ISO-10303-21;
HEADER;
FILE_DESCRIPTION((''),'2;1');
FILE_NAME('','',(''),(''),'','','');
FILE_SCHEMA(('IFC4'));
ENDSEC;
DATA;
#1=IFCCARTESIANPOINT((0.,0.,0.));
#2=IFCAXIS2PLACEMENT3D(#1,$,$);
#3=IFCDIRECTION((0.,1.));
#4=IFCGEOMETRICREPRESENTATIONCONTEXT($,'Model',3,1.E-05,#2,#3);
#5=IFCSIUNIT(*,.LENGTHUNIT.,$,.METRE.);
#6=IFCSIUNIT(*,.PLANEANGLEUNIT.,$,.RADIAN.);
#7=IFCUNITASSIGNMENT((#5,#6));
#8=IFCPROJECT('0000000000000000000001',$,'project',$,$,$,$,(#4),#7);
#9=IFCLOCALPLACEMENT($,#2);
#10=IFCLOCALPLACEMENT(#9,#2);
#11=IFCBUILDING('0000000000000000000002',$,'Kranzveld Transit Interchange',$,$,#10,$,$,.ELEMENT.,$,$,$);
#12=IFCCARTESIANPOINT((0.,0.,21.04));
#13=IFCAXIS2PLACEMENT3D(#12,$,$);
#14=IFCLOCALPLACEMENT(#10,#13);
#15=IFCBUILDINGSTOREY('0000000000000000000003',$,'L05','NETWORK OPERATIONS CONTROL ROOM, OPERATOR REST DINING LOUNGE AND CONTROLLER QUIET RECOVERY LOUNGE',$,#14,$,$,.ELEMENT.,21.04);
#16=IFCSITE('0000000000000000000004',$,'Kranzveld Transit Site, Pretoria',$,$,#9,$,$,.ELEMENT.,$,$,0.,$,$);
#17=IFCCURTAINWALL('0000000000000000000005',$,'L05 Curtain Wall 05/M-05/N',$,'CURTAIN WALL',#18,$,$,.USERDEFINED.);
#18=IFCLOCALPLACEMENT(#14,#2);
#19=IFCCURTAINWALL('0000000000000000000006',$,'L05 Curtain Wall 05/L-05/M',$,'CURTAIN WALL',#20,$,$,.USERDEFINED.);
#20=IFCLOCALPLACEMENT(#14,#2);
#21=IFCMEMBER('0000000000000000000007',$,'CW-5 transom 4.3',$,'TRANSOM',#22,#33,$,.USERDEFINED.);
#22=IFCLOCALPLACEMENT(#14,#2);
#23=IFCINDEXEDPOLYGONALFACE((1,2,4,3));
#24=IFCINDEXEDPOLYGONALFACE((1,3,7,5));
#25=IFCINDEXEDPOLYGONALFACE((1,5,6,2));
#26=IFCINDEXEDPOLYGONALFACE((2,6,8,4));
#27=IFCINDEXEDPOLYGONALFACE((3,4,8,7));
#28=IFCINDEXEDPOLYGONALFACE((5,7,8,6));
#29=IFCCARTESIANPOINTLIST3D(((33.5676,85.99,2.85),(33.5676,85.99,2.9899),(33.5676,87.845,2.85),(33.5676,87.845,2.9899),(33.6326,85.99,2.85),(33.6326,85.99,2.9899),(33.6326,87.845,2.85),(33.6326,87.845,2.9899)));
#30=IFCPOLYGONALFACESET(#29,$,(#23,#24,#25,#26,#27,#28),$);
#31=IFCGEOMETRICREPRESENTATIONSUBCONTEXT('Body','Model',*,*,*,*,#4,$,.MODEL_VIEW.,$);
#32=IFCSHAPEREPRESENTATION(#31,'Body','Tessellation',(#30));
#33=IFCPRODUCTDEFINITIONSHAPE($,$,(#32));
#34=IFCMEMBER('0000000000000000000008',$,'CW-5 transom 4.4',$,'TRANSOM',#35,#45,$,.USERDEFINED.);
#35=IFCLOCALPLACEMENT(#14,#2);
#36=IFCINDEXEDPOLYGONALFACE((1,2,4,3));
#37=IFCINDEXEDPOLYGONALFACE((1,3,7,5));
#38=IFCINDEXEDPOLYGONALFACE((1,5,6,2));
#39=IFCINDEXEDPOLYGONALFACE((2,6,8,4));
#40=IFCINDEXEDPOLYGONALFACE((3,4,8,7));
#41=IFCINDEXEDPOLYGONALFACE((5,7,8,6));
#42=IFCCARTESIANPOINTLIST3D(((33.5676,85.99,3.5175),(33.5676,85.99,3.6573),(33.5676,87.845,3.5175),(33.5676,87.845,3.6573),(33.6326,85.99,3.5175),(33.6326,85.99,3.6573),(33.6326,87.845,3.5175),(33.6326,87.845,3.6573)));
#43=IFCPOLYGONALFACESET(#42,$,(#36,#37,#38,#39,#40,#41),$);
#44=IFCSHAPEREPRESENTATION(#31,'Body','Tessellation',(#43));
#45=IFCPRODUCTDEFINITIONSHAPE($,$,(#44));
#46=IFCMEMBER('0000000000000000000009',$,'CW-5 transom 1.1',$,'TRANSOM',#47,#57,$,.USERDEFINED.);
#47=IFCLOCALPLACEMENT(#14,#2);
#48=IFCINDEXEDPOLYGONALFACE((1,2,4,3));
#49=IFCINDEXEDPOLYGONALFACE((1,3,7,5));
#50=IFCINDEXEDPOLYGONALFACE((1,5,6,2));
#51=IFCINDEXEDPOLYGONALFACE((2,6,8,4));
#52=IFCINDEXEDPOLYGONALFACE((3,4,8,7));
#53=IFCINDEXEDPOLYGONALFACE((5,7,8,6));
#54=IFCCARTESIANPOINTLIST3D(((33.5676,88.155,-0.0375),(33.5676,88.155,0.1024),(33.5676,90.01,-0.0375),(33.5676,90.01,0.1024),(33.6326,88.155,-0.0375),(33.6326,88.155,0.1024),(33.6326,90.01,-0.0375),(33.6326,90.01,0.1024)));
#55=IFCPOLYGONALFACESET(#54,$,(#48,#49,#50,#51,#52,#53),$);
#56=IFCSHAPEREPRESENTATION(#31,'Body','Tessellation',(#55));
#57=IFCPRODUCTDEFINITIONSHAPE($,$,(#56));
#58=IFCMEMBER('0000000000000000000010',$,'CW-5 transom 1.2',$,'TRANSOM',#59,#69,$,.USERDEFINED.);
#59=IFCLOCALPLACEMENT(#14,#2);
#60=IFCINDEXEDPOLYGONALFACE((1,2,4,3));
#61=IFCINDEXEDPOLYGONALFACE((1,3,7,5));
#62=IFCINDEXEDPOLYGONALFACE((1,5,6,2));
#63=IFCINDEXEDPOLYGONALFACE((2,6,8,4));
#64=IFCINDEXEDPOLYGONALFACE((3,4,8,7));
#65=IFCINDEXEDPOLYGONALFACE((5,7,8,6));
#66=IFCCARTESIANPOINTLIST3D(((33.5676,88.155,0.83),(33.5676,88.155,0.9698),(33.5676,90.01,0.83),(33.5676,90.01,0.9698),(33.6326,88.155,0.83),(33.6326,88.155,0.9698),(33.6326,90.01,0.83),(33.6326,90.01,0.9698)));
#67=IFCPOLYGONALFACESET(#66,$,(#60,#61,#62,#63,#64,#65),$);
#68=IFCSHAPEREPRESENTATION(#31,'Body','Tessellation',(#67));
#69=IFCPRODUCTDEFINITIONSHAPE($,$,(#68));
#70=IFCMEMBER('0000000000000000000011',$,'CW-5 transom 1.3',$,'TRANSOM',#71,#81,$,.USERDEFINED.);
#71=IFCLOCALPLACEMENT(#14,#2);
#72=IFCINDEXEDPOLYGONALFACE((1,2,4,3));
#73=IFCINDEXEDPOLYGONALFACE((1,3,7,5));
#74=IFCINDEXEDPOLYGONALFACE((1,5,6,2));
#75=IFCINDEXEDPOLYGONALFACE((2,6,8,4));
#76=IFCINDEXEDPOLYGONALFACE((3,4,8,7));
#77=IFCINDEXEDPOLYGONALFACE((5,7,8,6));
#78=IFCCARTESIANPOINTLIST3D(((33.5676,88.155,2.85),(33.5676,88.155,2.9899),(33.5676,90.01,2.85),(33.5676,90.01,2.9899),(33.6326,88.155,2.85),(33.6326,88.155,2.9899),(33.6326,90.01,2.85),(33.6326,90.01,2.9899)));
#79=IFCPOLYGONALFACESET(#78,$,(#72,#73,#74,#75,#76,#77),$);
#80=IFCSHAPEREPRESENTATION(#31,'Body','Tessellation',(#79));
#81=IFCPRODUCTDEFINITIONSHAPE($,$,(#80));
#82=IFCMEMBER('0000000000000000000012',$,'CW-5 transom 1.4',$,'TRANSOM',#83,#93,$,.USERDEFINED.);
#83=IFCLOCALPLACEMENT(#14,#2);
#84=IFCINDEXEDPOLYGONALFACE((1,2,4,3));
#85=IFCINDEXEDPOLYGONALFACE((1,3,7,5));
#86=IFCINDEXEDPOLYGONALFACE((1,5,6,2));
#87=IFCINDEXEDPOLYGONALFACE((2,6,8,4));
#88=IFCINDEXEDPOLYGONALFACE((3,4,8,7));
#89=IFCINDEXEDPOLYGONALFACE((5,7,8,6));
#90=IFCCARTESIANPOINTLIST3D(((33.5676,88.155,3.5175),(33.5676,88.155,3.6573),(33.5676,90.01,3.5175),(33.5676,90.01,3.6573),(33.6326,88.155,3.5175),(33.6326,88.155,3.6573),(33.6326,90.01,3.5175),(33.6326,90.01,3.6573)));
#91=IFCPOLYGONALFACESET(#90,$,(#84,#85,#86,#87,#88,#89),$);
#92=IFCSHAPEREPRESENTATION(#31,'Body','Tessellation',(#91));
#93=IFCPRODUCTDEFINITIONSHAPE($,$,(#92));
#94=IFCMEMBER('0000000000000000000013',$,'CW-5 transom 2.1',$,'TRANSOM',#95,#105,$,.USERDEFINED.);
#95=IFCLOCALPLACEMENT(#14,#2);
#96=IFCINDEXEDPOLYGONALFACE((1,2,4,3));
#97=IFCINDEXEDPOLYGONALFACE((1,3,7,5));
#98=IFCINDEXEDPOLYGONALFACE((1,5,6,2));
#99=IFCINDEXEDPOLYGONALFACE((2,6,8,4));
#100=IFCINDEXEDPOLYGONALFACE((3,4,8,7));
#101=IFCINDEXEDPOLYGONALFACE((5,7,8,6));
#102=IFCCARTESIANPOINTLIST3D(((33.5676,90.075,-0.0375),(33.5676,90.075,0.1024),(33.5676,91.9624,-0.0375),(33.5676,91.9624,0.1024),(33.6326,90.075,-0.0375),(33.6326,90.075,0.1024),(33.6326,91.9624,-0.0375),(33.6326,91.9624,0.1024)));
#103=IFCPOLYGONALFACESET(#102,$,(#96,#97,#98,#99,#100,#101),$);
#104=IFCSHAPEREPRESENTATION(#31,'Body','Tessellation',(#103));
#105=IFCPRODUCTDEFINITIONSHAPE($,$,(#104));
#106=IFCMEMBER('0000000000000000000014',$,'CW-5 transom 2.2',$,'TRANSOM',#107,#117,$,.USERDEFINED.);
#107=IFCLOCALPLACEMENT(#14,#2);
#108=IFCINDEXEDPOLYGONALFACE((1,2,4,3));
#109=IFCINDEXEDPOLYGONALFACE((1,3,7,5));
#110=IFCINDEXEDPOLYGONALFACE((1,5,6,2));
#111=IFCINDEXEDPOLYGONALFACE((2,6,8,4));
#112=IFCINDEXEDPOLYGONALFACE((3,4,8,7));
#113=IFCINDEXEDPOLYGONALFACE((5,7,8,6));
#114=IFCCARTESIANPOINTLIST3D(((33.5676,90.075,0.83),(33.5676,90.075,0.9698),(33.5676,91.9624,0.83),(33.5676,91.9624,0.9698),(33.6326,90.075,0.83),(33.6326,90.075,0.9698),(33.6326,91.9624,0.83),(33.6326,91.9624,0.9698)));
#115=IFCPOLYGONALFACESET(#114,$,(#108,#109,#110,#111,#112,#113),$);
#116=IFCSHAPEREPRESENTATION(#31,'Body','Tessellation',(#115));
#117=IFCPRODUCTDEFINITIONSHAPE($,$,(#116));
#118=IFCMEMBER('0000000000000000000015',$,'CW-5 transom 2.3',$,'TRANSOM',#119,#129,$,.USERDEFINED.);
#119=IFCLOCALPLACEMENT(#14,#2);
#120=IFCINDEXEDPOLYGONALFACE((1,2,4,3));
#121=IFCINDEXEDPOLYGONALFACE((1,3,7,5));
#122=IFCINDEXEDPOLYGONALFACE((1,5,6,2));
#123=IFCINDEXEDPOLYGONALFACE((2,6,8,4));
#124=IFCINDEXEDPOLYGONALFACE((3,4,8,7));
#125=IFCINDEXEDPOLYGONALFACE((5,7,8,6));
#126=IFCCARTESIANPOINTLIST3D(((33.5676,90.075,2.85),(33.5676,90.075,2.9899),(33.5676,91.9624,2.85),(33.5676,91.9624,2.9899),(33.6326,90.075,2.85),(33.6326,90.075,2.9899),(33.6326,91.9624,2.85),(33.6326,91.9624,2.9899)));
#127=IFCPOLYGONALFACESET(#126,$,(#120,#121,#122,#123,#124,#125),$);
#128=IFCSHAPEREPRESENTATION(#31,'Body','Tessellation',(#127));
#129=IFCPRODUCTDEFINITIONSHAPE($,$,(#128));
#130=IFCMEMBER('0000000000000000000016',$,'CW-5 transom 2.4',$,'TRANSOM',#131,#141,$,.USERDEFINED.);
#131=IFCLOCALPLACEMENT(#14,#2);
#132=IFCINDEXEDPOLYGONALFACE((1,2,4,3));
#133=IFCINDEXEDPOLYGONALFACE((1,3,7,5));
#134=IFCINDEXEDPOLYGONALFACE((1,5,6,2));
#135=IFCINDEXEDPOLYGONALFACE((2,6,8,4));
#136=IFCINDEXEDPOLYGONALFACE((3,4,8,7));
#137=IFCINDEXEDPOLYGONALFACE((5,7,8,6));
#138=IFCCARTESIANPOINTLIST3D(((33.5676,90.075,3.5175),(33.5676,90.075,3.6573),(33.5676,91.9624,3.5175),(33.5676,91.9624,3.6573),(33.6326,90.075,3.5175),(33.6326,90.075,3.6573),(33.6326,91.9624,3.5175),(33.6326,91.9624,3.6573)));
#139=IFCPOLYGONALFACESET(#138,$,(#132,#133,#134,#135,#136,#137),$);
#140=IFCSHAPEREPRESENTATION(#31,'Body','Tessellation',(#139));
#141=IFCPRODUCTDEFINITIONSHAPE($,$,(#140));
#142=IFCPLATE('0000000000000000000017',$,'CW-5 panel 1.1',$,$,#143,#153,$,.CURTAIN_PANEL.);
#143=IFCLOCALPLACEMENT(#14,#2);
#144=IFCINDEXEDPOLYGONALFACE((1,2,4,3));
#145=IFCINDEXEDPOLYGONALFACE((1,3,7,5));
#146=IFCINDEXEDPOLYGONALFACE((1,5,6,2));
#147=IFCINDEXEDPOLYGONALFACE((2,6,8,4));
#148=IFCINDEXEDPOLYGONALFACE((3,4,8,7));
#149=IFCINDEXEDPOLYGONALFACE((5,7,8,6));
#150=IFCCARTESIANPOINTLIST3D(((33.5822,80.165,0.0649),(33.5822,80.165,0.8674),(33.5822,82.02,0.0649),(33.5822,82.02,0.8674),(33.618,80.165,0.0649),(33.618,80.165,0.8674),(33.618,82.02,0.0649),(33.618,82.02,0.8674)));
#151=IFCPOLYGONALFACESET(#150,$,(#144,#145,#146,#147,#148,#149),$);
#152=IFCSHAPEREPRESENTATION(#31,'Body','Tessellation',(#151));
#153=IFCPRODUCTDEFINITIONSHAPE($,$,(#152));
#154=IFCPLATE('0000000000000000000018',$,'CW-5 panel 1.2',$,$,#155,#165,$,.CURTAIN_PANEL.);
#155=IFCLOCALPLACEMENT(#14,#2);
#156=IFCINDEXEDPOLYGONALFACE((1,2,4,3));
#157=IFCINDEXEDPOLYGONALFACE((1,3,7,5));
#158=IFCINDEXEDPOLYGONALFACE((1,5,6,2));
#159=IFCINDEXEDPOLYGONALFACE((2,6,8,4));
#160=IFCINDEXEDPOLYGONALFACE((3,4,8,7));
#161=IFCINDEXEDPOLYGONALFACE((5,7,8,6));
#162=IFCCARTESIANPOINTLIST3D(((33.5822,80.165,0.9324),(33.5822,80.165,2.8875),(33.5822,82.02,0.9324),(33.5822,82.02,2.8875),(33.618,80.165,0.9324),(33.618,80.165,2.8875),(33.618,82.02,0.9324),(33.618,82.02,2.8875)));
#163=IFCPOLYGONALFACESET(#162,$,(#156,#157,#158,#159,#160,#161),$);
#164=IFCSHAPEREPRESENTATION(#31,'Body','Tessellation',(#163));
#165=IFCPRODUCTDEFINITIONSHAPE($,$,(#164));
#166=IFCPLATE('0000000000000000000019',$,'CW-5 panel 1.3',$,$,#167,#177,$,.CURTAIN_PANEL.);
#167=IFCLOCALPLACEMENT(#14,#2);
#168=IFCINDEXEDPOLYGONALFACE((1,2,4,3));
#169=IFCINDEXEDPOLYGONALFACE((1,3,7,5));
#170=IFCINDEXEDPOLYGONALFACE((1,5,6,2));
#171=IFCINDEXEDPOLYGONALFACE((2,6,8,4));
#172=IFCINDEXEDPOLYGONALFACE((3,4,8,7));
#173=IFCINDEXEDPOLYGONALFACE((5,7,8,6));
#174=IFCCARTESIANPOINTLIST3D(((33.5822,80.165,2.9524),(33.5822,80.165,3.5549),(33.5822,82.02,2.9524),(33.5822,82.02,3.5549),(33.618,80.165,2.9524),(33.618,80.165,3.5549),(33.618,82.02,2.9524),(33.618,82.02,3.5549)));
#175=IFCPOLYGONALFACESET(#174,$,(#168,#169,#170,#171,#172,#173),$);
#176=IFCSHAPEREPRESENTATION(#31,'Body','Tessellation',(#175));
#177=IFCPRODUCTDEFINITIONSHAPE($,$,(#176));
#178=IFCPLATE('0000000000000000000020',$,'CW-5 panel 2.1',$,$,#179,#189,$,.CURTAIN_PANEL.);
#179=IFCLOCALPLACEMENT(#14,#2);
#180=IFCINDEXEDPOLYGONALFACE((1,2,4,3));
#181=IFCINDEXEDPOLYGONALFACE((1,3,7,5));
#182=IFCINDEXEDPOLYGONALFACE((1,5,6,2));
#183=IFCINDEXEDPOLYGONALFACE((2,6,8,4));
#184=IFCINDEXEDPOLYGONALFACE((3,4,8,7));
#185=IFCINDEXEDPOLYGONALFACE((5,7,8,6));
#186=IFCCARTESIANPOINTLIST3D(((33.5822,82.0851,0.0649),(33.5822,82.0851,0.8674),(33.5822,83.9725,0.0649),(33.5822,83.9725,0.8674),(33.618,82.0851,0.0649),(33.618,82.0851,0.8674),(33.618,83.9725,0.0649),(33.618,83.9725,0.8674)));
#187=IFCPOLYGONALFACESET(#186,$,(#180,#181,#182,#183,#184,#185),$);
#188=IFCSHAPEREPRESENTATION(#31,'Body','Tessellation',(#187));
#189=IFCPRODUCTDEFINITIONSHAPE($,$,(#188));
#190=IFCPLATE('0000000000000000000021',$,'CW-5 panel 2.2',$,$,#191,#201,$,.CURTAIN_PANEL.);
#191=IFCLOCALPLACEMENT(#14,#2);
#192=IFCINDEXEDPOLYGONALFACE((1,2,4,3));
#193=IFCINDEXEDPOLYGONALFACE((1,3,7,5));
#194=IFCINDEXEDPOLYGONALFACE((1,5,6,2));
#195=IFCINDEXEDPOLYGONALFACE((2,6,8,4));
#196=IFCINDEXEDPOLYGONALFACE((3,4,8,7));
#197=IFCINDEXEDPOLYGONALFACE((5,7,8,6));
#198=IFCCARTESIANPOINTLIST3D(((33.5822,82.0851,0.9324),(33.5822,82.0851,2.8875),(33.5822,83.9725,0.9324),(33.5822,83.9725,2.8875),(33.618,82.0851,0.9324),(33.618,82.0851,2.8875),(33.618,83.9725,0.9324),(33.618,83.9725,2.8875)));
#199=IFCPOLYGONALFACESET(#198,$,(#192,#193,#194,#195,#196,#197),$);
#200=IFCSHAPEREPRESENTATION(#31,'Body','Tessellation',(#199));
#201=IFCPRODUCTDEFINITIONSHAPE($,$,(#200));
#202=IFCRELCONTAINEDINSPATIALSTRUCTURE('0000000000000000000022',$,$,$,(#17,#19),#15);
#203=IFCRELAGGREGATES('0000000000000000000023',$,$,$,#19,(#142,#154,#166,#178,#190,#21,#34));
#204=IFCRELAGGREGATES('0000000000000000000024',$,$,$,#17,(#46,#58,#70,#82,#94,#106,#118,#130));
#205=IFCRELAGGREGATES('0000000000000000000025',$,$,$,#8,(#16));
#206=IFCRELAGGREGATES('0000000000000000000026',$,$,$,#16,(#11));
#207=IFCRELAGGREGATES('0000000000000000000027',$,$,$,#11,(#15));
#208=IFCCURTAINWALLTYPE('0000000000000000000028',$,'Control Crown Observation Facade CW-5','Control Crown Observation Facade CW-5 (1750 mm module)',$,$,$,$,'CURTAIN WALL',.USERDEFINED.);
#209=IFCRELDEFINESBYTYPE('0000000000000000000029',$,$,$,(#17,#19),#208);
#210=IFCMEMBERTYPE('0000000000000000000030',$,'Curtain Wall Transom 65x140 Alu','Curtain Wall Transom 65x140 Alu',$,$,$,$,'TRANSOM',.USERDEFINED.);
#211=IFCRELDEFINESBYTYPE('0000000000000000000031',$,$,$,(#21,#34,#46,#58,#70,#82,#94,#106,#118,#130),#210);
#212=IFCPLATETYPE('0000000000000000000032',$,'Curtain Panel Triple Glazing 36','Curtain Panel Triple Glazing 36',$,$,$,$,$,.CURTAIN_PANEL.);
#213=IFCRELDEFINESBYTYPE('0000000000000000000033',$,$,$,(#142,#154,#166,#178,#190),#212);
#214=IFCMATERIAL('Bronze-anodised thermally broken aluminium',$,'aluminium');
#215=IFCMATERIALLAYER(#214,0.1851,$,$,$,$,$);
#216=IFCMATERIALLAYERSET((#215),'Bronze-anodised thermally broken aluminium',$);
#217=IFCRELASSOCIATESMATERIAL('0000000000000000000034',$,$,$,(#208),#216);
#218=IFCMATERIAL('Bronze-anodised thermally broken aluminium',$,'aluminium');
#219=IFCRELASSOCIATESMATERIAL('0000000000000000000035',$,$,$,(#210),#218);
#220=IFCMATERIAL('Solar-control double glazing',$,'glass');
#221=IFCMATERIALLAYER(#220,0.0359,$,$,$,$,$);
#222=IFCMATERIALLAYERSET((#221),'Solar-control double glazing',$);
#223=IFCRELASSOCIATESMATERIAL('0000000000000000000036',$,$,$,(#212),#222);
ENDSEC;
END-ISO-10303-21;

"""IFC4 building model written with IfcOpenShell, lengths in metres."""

from ifc_helpers import new_model, si_unit, direction, frame, origin, origin_2d, place, context, subcontext, project, spatial, rectangle, extrude, material, layer, layer_set, material_profile, profile_set, type_object, element, aggregate, save


model = new_model("IFC4")

# Units and contexts
model_context = context("Model", 3, precision=1e-05, world=origin(), true_north=direction((0.0, 1.0)))
body_context = subcontext(model_context, "Body", "Model", "MODEL_VIEW")
ifc_project = project(units=[si_unit("LENGTHUNIT", "METRE"), si_unit("PLANEANGLEUNIT", "RADIAN")], contexts=[model_context])

# Site, building, storey
site_placement = place(None, origin())
site = spatial("IfcSite", under=ifc_project, at=site_placement, Name="Kranzveld Transit Site, Pretoria", CompositionType="ELEMENT", RefElevation=0.0)
building_placement = place(site_placement, origin())
building = spatial("IfcBuilding", under=site, at=building_placement, Name="Kranzveld Transit Interchange", CompositionType="ELEMENT")
storey_placement = place(building_placement, frame((0.0, 0.0, 21.04)))
storey = spatial("IfcBuildingStorey", under=building, at=storey_placement, Name="L05", Description="NETWORK OPERATIONS CONTROL ROOM, OPERATOR REST DINING LOUNGE AND CONTROLLER QUIET RECOVERY LOUNGE", CompositionType="ELEMENT", Elevation=21.04)

# Curtain walls, members
ifc_material_1 = material(Name="Bronze-anodised thermally broken aluminium", Category="aluminium")
ifc_layer_1 = layer(ifc_material_1, 0.1851)
ifc_layer_set_1 = layer_set([ifc_layer_1], Name="Bronze-anodised thermally broken aluminium")
curtain_wall_type = type_object("IfcCurtainWallType", Name="Control Crown Observation Facade CW-5", Description="Control Crown Observation Facade CW-5 (1750 mm module)", ElementType="CURTAIN WALL", PredefinedType="USERDEFINED", material=ifc_layer_set_1)
curtain_wall_1_placement = place(storey_placement, origin())
curtain_wall_1 = element("IfcCurtainWall", 1, at=curtain_wall_1_placement, inside=storey, type_object=curtain_wall_type, Name="L05 Curtain Wall 05/M-05/N", ObjectType="CURTAIN WALL", PredefinedType="USERDEFINED")
curtain_wall_2_placement = place(storey_placement, origin())
curtain_wall_2 = element("IfcCurtainWall", 2, at=curtain_wall_2_placement, inside=storey, type_object=curtain_wall_type, Name="L05 Curtain Wall 05/L-05/M", ObjectType="CURTAIN WALL", PredefinedType="USERDEFINED")
ifc_material_2 = material(Name="Bronze-anodised thermally broken aluminium", Category="aluminium")
ifc_material_profile_1 = material_profile(ifc_material_2, rectangle(XDim=0.0649, YDim=0.1399, at=origin_2d()), Name="ALU TRANSOM 65x140")
ifc_profile_set_1 = profile_set([ifc_material_profile_1], Name="Bronze-anodised thermally broken aluminium")
member_type_1 = type_object("IfcMemberType", Name="Curtain Wall Transom 65x140 Alu", Description="Curtain Wall Transom 65x140 Alu", ElementType="TRANSOM", PredefinedType="USERDEFINED", material=ifc_profile_set_1)
member_1_placement = place(storey_placement, frame((33.6001, 85.99, 2.9199), z_axis=(0.0, 1.0, 0.0), x_axis=(-1.0, 0.0, 0.0)))
member_1 = element("IfcMember", 3, at=member_1_placement, type_object=member_type_1, Name="CW-5 transom 4.3", ObjectType="TRANSOM", PredefinedType="USERDEFINED", context=body_context, shape_type="SweptSolid", body=[
    extrude(rectangle(XDim=0.0649, YDim=0.1399, at=origin_2d()), origin(), (0.0, 0.0, 1.0), 1.855),
])
member_2_placement = place(storey_placement, frame((33.6001, 85.99, 3.5874), z_axis=(0.0, 1.0, 0.0), x_axis=(-1.0, 0.0, 0.0)))
member_2 = element("IfcMember", 4, at=member_2_placement, type_object=member_type_1, Name="CW-5 transom 4.4", ObjectType="TRANSOM", PredefinedType="USERDEFINED", context=body_context, shape_type="SweptSolid", body=[
    extrude(rectangle(XDim=0.0649, YDim=0.1399, at=origin_2d()), origin(), (0.0, 0.0, 1.0), 1.855),
])

# Members
member_3_placement = place(storey_placement, frame((33.6001, 88.155, 0.0325), z_axis=(0.0, 1.0, 0.0), x_axis=(-1.0, 0.0, 0.0)))
member_3 = element("IfcMember", 5, at=member_3_placement, type_object=member_type_1, Name="CW-5 transom 1.1", ObjectType="TRANSOM", PredefinedType="USERDEFINED", context=body_context, shape_type="SweptSolid", body=[
    extrude(rectangle(XDim=0.0649, YDim=0.1399, at=origin_2d()), origin(), (0.0, 0.0, 1.0), 1.855),
])
member_4_placement = place(storey_placement, frame((33.6001, 88.155, 0.8999), z_axis=(0.0, 1.0, 0.0), x_axis=(-1.0, 0.0, 0.0)))
member_4 = element("IfcMember", 6, at=member_4_placement, type_object=member_type_1, Name="CW-5 transom 1.2", ObjectType="TRANSOM", PredefinedType="USERDEFINED", context=body_context, shape_type="SweptSolid", body=[
    extrude(rectangle(XDim=0.0649, YDim=0.1399, at=origin_2d()), origin(), (0.0, 0.0, 1.0), 1.855),
])
member_5_placement = place(storey_placement, frame((33.6001, 88.155, 2.9199), z_axis=(0.0, 1.0, 0.0), x_axis=(-1.0, 0.0, 0.0)))
member_5 = element("IfcMember", 7, at=member_5_placement, type_object=member_type_1, Name="CW-5 transom 1.3", ObjectType="TRANSOM", PredefinedType="USERDEFINED", context=body_context, shape_type="SweptSolid", body=[
    extrude(rectangle(XDim=0.0649, YDim=0.1399, at=origin_2d()), origin(), (0.0, 0.0, 1.0), 1.855),
])
member_6_placement = place(storey_placement, frame((33.6001, 88.155, 3.5874), z_axis=(0.0, 1.0, 0.0), x_axis=(-1.0, 0.0, 0.0)))
member_6 = element("IfcMember", 8, at=member_6_placement, type_object=member_type_1, Name="CW-5 transom 1.4", ObjectType="TRANSOM", PredefinedType="USERDEFINED", context=body_context, shape_type="SweptSolid", body=[
    extrude(rectangle(XDim=0.0649, YDim=0.1399, at=origin_2d()), origin(), (0.0, 0.0, 1.0), 1.855),
])
member_7_placement = place(storey_placement, frame((33.6001, 90.075, 0.0325), z_axis=(0.0, 1.0, 0.0), x_axis=(-1.0, 0.0, 0.0)))
member_7 = element("IfcMember", 9, at=member_7_placement, type_object=member_type_1, Name="CW-5 transom 2.1", ObjectType="TRANSOM", PredefinedType="USERDEFINED", context=body_context, shape_type="SweptSolid", body=[
    extrude(rectangle(XDim=0.0649, YDim=0.1399, at=origin_2d()), origin(), (0.0, 0.0, 1.0), 1.8875),
])
member_8_placement = place(storey_placement, frame((33.6001, 90.075, 0.8999), z_axis=(0.0, 1.0, 0.0), x_axis=(-1.0, 0.0, 0.0)))
member_8 = element("IfcMember", 10, at=member_8_placement, type_object=member_type_1, Name="CW-5 transom 2.2", ObjectType="TRANSOM", PredefinedType="USERDEFINED", context=body_context, shape_type="SweptSolid", body=[
    extrude(rectangle(XDim=0.0649, YDim=0.1399, at=origin_2d()), origin(), (0.0, 0.0, 1.0), 1.8875),
])
member_9_placement = place(storey_placement, frame((33.6001, 90.075, 2.9199), z_axis=(0.0, 1.0, 0.0), x_axis=(-1.0, 0.0, 0.0)))
member_9 = element("IfcMember", 11, at=member_9_placement, type_object=member_type_1, Name="CW-5 transom 2.3", ObjectType="TRANSOM", PredefinedType="USERDEFINED", context=body_context, shape_type="SweptSolid", body=[
    extrude(rectangle(XDim=0.0649, YDim=0.1399, at=origin_2d()), origin(), (0.0, 0.0, 1.0), 1.8875),
])
member_10_placement = place(storey_placement, frame((33.6001, 90.075, 3.5874), z_axis=(0.0, 1.0, 0.0), x_axis=(-1.0, 0.0, 0.0)))
member_10 = element("IfcMember", 12, at=member_10_placement, type_object=member_type_1, Name="CW-5 transom 2.4", ObjectType="TRANSOM", PredefinedType="USERDEFINED", context=body_context, shape_type="SweptSolid", body=[
    extrude(rectangle(XDim=0.0649, YDim=0.1399, at=origin_2d()), origin(), (0.0, 0.0, 1.0), 1.8875),
])

# Plates
ifc_material_3 = material(Name="Solar-control double glazing", Category="glass")
ifc_layer_2 = layer(ifc_material_3, 0.0359)
ifc_layer_set_2 = layer_set([ifc_layer_2], Name="Solar-control double glazing")
plate_type = type_object("IfcPlateType", Name="Curtain Panel Triple Glazing 36", Description="Curtain Panel Triple Glazing 36", PredefinedType="CURTAIN_PANEL", material=ifc_layer_set_2)
plate_1_placement = place(storey_placement, frame((33.6001, 81.0925, 0.0649), z_axis=(0.0, 0.0, 1.0), x_axis=(0.0, 1.0, 0.0)))
plate_1 = element("IfcPlate", 13, at=plate_1_placement, type_object=plate_type, Name="CW-5 panel 1.1", PredefinedType="CURTAIN_PANEL", context=body_context, shape_type="SweptSolid", body=[
    extrude(rectangle(XDim=1.855, YDim=0.0359, at=origin_2d()), origin(), (0.0, 0.0, 1.0), 0.8025),
])
plate_2_placement = place(storey_placement, frame((33.6001, 81.0925, 0.9324), z_axis=(0.0, 0.0, 1.0), x_axis=(0.0, 1.0, 0.0)))
plate_2 = element("IfcPlate", 14, at=plate_2_placement, type_object=plate_type, Name="CW-5 panel 1.2", PredefinedType="CURTAIN_PANEL", context=body_context, shape_type="SweptSolid", body=[
    extrude(rectangle(XDim=1.855, YDim=0.0359, at=origin_2d()), origin(), (0.0, 0.0, 1.0), 1.9551),
])
plate_3_placement = place(storey_placement, frame((33.6001, 81.0925, 2.9524), z_axis=(0.0, 0.0, 1.0), x_axis=(0.0, 1.0, 0.0)))
plate_3 = element("IfcPlate", 15, at=plate_3_placement, type_object=plate_type, Name="CW-5 panel 1.3", PredefinedType="CURTAIN_PANEL", context=body_context, shape_type="SweptSolid", body=[
    extrude(rectangle(XDim=1.855, YDim=0.0359, at=origin_2d()), origin(), (0.0, 0.0, 1.0), 0.6025),
])
plate_4_placement = place(storey_placement, frame((33.6001, 83.0288, 0.0649), z_axis=(0.0, 0.0, 1.0), x_axis=(0.0, 1.0, 0.0)))
plate_4 = element("IfcPlate", 16, at=plate_4_placement, type_object=plate_type, Name="CW-5 panel 2.1", PredefinedType="CURTAIN_PANEL", context=body_context, shape_type="SweptSolid", body=[
    extrude(rectangle(XDim=1.8875, YDim=0.0359, at=origin_2d()), origin(), (0.0, 0.0, 1.0), 0.8025),
])
plate_5_placement = place(storey_placement, frame((33.6001, 83.0288, 0.9324), z_axis=(0.0, 0.0, 1.0), x_axis=(0.0, 1.0, 0.0)))
plate_5 = element("IfcPlate", 17, at=plate_5_placement, type_object=plate_type, Name="CW-5 panel 2.2", PredefinedType="CURTAIN_PANEL", context=body_context, shape_type="SweptSolid", body=[
    extrude(rectangle(XDim=1.8875, YDim=0.0359, at=origin_2d()), origin(), (0.0, 0.0, 1.0), 1.9551),
])
aggregate(curtain_wall_2, [plate_1, plate_2, plate_3, plate_4, plate_5, member_1, member_2])
aggregate(curtain_wall_1, [member_3, member_4, member_5, member_6, member_7, member_8, member_9, member_10])

save(model, "model.ifc")
